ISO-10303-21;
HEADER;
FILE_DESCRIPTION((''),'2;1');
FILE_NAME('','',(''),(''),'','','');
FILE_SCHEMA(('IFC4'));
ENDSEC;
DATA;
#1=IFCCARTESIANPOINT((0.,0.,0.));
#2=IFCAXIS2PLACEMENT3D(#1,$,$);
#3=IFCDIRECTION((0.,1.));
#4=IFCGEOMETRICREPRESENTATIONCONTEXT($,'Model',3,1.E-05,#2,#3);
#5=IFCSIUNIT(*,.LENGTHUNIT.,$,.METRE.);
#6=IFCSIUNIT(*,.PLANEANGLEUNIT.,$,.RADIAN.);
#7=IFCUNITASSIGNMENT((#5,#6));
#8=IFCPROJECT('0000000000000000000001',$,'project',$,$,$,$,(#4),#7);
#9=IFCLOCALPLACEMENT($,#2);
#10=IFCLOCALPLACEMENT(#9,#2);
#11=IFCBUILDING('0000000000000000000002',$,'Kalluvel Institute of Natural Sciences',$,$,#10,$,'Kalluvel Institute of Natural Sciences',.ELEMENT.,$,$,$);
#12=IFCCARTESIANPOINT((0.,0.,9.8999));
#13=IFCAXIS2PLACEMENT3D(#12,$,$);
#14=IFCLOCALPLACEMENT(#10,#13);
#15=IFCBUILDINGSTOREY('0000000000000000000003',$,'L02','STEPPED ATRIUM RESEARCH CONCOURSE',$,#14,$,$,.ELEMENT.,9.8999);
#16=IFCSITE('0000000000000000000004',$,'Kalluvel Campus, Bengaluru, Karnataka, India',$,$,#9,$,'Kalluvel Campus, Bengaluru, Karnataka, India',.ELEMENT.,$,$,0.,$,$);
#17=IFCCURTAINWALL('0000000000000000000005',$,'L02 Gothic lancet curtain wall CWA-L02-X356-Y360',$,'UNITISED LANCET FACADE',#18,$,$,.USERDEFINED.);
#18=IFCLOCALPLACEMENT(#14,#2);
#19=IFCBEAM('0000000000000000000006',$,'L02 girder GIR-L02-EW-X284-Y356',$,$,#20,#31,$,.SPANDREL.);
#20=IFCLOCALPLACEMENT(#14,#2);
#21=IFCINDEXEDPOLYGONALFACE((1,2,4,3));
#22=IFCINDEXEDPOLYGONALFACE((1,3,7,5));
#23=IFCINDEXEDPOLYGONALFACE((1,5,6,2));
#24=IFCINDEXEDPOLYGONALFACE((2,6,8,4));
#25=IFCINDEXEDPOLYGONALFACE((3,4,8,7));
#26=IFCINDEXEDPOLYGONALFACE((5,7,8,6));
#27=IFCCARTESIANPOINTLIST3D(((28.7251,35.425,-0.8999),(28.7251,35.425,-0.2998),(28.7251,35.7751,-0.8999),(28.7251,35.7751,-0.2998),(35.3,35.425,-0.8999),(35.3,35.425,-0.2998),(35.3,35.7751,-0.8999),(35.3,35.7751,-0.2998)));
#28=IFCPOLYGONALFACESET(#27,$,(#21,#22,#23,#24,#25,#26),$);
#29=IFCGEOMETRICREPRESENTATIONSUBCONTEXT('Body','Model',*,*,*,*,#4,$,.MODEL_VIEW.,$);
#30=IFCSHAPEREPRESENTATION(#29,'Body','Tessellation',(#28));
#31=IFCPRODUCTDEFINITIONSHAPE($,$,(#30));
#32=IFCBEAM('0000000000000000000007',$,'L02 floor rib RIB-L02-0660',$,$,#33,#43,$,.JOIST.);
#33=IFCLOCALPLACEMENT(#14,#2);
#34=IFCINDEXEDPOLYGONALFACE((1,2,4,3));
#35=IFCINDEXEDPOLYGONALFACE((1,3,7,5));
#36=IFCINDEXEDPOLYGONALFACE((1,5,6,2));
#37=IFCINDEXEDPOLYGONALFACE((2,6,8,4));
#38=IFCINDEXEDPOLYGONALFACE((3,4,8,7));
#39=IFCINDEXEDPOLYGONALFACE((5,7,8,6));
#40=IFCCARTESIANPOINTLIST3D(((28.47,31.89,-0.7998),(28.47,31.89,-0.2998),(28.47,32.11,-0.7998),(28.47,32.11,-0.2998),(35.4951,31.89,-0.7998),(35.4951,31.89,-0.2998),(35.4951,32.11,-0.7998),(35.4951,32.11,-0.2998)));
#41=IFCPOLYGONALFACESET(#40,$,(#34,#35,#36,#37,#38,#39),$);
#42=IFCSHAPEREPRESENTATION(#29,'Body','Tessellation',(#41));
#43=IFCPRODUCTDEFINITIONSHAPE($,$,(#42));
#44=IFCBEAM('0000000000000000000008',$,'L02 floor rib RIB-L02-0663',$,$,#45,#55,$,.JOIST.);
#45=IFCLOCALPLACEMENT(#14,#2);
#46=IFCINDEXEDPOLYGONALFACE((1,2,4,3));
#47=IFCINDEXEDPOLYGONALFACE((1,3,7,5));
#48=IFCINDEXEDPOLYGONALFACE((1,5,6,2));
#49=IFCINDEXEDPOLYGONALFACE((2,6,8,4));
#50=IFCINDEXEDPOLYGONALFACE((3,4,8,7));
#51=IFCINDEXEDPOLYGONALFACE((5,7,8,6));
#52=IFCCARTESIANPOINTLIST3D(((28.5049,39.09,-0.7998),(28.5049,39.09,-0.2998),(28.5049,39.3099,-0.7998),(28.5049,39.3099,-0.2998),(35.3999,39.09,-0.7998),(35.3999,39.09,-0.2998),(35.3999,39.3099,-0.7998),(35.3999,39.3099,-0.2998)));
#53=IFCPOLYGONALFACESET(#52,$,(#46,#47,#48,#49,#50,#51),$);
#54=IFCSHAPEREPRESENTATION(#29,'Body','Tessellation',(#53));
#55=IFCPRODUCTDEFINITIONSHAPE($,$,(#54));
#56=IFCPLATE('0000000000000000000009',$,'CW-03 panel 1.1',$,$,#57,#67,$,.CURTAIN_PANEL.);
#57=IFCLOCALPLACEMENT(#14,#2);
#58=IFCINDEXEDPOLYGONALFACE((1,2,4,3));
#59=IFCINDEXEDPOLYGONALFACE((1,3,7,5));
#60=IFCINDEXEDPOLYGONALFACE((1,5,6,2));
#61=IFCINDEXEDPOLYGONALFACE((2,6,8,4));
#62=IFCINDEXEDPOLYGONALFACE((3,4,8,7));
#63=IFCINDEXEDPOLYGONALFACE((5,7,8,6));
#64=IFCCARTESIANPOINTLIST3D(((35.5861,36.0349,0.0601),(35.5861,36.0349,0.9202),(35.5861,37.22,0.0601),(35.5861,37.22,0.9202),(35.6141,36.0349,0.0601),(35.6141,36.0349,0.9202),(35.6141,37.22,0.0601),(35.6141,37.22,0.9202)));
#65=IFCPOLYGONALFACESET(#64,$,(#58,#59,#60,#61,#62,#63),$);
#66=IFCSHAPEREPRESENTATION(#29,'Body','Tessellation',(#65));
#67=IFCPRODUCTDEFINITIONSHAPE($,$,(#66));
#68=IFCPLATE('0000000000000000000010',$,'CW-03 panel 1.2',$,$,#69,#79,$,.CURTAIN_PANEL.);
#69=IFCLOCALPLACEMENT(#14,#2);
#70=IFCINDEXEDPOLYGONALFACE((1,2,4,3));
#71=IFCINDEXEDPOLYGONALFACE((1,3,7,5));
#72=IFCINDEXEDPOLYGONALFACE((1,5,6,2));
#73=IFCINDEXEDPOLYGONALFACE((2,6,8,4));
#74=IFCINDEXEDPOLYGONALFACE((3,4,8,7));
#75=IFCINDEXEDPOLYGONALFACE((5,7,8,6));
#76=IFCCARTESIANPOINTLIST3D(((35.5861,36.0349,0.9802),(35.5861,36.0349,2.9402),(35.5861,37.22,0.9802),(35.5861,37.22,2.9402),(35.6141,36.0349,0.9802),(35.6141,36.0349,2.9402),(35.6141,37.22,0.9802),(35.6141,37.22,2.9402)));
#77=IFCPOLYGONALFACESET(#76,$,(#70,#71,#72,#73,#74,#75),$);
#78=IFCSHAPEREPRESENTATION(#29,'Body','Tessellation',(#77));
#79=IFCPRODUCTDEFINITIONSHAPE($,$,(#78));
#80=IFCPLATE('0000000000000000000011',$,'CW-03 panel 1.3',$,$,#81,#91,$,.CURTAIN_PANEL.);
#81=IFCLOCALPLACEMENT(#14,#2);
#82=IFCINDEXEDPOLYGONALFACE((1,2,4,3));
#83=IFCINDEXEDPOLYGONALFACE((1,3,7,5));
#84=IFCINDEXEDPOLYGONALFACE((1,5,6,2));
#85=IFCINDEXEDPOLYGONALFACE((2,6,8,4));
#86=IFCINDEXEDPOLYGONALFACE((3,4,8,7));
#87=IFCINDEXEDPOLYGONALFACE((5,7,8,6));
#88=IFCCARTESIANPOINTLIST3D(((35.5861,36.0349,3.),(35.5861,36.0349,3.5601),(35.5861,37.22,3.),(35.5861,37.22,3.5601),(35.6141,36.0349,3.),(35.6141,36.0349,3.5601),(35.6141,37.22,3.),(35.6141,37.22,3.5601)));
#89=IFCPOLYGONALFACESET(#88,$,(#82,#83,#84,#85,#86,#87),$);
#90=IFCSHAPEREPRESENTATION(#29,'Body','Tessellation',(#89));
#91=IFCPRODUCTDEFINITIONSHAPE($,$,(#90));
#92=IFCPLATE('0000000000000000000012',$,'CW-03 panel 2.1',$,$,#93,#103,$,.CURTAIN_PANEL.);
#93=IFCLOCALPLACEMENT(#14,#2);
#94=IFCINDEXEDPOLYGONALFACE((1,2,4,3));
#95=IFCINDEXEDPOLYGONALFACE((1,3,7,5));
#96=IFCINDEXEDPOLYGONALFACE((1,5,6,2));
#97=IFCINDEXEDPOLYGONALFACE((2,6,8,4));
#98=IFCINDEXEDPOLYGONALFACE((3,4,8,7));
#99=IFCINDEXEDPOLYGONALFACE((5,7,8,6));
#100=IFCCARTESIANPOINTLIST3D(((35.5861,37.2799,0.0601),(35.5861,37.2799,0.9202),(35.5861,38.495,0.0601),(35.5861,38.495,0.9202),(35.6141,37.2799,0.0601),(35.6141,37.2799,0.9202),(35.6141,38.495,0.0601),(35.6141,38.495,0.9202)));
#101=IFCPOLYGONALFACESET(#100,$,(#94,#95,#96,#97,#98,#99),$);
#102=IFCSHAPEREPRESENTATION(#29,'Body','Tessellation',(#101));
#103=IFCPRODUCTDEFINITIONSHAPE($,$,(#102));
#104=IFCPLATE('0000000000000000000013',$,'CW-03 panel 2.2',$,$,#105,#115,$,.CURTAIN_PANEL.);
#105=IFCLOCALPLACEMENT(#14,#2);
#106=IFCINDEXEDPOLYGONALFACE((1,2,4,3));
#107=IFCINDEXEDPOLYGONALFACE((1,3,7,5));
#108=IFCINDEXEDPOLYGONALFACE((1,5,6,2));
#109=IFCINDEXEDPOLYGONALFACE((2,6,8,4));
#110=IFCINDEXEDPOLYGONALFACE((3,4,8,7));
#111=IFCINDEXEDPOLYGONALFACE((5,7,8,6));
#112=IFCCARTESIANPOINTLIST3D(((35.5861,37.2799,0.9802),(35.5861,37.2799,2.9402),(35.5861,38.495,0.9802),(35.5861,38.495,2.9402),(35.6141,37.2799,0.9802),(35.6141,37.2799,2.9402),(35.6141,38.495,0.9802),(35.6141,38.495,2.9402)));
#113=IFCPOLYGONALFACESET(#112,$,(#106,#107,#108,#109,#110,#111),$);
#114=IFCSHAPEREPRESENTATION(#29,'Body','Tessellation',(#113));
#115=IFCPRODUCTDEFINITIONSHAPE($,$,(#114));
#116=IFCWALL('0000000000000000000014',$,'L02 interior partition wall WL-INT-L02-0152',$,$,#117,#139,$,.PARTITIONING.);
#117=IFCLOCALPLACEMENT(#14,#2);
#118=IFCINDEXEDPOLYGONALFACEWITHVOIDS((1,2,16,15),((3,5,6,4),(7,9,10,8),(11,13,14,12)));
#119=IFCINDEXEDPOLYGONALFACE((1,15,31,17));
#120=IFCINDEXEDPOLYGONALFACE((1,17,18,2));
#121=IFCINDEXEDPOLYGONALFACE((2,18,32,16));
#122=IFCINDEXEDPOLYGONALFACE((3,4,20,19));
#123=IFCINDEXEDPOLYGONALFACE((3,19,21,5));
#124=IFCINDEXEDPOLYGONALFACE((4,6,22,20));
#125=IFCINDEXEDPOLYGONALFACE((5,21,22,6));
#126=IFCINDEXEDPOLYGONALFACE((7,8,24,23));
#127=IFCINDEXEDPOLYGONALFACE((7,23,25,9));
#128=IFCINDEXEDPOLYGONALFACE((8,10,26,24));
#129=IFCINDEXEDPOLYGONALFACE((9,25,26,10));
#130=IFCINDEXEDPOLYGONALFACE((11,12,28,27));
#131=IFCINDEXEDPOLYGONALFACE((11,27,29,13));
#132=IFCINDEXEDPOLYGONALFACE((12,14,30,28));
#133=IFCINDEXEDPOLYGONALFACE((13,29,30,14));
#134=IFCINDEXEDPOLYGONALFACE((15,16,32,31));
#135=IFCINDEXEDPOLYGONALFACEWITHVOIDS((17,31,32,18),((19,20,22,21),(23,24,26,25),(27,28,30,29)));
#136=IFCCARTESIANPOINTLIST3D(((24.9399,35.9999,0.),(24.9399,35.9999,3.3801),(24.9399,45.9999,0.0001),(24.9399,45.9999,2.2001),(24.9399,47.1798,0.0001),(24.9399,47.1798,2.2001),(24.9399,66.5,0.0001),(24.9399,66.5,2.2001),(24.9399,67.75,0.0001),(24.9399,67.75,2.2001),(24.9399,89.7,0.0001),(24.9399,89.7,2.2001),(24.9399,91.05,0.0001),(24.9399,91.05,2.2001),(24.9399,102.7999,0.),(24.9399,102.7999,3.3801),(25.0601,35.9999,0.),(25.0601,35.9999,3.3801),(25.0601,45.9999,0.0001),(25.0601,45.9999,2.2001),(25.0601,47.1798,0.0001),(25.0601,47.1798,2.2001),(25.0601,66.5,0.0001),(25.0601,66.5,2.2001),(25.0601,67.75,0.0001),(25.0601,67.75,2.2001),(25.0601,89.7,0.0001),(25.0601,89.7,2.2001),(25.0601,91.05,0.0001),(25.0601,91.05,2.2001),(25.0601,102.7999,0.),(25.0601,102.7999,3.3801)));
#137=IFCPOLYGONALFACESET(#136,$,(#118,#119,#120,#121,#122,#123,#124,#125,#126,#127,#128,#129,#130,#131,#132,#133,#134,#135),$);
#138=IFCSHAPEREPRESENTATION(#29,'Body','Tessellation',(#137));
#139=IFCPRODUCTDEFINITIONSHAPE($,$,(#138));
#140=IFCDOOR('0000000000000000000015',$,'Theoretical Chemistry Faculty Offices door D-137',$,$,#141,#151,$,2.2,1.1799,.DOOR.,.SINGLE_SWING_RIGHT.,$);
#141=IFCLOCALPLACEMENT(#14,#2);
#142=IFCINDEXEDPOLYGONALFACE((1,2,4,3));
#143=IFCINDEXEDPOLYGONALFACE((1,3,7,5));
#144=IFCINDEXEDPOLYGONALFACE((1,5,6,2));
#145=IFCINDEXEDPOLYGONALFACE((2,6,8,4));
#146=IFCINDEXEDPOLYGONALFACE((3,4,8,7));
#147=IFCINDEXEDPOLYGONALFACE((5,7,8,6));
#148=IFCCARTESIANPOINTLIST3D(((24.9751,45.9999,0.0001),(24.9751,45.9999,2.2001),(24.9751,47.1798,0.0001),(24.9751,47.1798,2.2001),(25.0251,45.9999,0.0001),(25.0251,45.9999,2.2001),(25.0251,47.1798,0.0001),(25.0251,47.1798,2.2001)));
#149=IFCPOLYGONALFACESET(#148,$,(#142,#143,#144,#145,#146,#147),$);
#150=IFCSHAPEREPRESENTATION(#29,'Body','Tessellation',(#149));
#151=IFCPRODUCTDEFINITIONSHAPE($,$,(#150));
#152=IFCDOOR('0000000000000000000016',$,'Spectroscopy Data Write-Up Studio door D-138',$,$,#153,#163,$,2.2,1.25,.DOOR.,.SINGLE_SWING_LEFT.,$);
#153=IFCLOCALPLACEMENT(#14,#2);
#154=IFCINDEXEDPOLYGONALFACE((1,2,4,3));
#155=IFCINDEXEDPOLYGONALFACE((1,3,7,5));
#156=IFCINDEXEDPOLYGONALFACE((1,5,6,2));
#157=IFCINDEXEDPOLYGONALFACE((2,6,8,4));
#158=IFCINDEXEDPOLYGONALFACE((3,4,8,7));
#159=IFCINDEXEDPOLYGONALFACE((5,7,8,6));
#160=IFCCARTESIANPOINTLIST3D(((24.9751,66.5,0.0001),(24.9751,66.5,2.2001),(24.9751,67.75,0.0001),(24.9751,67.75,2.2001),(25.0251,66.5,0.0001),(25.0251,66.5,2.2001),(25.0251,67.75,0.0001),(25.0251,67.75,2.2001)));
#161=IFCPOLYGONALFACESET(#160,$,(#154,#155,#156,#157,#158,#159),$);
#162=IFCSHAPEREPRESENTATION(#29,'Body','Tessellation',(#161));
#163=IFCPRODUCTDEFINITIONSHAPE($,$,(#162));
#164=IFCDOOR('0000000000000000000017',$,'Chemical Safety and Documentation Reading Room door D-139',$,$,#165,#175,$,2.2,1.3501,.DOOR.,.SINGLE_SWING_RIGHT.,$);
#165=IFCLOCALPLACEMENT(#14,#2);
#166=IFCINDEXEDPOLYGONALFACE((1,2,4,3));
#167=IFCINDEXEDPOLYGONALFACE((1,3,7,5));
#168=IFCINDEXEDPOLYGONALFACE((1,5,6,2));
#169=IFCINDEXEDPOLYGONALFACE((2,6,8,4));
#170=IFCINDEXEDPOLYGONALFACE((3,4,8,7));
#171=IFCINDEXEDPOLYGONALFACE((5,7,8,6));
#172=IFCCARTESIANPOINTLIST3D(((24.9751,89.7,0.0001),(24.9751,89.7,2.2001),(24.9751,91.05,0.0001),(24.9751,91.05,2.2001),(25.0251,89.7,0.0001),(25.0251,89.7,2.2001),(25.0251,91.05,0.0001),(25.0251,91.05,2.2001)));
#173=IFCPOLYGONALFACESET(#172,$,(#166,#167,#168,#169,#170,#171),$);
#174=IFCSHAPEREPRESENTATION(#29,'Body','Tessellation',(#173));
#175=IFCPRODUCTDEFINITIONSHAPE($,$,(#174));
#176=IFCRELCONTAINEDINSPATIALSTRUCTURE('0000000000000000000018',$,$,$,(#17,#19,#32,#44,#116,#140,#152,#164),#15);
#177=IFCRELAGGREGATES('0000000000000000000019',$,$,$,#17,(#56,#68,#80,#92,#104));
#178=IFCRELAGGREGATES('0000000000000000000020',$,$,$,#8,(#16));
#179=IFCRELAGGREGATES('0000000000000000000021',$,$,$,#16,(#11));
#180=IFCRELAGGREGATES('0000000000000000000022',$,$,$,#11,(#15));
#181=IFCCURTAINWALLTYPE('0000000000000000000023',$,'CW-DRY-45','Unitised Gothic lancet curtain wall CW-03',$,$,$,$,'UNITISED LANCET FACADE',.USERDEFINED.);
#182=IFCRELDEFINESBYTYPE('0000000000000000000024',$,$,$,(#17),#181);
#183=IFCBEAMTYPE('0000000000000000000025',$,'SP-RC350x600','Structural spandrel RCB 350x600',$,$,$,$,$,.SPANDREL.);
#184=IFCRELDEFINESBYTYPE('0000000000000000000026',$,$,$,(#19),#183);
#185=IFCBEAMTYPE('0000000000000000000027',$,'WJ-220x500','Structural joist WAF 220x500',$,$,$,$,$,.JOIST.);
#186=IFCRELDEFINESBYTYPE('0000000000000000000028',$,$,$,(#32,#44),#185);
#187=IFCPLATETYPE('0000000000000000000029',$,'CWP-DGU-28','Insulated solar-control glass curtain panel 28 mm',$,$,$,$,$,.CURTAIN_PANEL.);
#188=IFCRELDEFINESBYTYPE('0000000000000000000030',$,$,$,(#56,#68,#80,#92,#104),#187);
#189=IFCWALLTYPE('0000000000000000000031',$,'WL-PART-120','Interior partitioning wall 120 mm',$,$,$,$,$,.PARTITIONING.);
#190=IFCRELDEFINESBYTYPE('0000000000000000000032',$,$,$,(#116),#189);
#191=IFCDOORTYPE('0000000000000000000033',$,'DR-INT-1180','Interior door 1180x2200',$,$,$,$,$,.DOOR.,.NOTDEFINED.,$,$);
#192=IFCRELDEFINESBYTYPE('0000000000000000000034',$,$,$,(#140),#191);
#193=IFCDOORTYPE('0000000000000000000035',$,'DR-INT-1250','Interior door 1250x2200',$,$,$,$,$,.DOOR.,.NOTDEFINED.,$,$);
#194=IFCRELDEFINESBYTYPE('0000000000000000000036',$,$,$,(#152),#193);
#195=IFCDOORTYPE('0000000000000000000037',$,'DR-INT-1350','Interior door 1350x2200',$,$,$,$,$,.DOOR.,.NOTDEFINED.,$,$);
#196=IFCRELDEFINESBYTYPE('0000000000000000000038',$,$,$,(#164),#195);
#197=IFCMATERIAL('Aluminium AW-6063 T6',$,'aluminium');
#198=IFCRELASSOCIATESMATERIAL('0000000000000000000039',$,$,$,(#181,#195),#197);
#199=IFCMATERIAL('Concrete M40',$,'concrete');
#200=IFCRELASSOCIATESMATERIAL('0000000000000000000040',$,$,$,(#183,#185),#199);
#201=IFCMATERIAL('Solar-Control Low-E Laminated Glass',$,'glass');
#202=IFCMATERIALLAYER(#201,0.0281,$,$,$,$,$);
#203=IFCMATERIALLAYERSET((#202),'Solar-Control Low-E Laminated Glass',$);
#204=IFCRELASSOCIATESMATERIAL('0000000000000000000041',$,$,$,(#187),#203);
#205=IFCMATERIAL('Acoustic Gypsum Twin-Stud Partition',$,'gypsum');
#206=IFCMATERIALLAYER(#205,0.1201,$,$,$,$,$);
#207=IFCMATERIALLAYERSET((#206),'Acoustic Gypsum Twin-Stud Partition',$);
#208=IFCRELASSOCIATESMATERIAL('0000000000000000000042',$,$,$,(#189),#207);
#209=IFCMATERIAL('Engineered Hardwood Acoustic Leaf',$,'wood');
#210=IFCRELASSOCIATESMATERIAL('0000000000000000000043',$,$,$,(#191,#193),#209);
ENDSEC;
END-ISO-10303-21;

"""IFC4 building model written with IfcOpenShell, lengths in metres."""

from ifc_helpers import new_model, si_unit, direction, frame, frame_2d, origin, origin_2d, place, context, subcontext, project, spatial, rectangle, extrude, material, layer, layer_set, material_profile, profile_set, type_object, element, fill, aggregate, save


model = new_model("IFC4")

# Units and contexts
model_context = context("Model", 3, precision=1e-05, world=origin(), true_north=direction((0.0, 1.0)))
body_context = subcontext(model_context, "Body", "Model", "MODEL_VIEW")
ifc_project = project(units=[si_unit("LENGTHUNIT", "METRE"), si_unit("PLANEANGLEUNIT", "RADIAN")], contexts=[model_context])

# Site, building, storey
site_placement = place(None, origin())
site = spatial("IfcSite", under=ifc_project, at=site_placement, Name="Kalluvel Campus, Bengaluru, Karnataka, India", LongName="Kalluvel Campus, Bengaluru, Karnataka, India", CompositionType="ELEMENT", RefElevation=0.0)
building_placement = place(site_placement, origin())
building = spatial("IfcBuilding", under=site, at=building_placement, Name="Kalluvel Institute of Natural Sciences", LongName="Kalluvel Institute of Natural Sciences", CompositionType="ELEMENT")
storey_placement = place(building_placement, frame((0.0, 0.0, 9.8999)))
storey = spatial("IfcBuildingStorey", under=building, at=storey_placement, Name="L02", Description="STEPPED ATRIUM RESEARCH CONCOURSE", CompositionType="ELEMENT", Elevation=9.8999)

# Shared definitions
ifc_material_1 = material(Name="Concrete M40", Category="concrete")

# Curtain wall
ifc_material_2 = material(Name="Aluminium AW-6063 T6", Category="aluminium")
curtain_wall_type = type_object("IfcCurtainWallType", Name="CW-DRY-45", Description="Unitised Gothic lancet curtain wall CW-03", ElementType="UNITISED LANCET FACADE", PredefinedType="USERDEFINED", material=ifc_material_2)
curtain_wall_placement = place(storey_placement, origin())
curtain_wall = element("IfcCurtainWall", 1, at=curtain_wall_placement, inside=storey, type_object=curtain_wall_type, Name="L02 Gothic lancet curtain wall CWA-L02-X356-Y360", ObjectType="UNITISED LANCET FACADE", PredefinedType="USERDEFINED")

# Beams
ifc_material_profile_1 = material_profile(ifc_material_1, rectangle(XDim=0.3501, YDim=0.6001, at=origin_2d()), Name="RCB 350x600")
ifc_profile_set_1 = profile_set([ifc_material_profile_1], Name="Concrete M40")
beam_type_1 = type_object("IfcBeamType", Name="SP-RC350x600", Description="Structural spandrel RCB 350x600", PredefinedType="SPANDREL", material=ifc_profile_set_1)
beam_1_placement = place(storey_placement, frame((28.7251, 35.6001, -0.5999), z_axis=(1.0, 0.0, 0.0), x_axis=(0.0, 1.0, 0.0)))
element("IfcBeam", 2, at=beam_1_placement, inside=storey, type_object=beam_type_1, Name="L02 girder GIR-L02-EW-X284-Y356", PredefinedType="SPANDREL", context=body_context, shape_type="SweptSolid", body=[
    extrude(rectangle(XDim=0.3501, YDim=0.6001, at=origin_2d()), origin(), (0.0, 0.0, 1.0), 6.575),
])
ifc_material_profile_2 = material_profile(ifc_material_1, rectangle(XDim=0.22, YDim=0.5, at=origin_2d()), Name="WAF 220x500")
ifc_profile_set_2 = profile_set([ifc_material_profile_2], Name="Concrete M40")
beam_type_2 = type_object("IfcBeamType", Name="WJ-220x500", Description="Structural joist WAF 220x500", PredefinedType="JOIST", material=ifc_profile_set_2)
beam_2_placement = place(storey_placement, frame((28.47, 32.0, -0.5498), z_axis=(1.0, 0.0, 0.0), x_axis=(0.0, 1.0, 0.0)))
element("IfcBeam", 3, at=beam_2_placement, inside=storey, type_object=beam_type_2, Name="L02 floor rib RIB-L02-0660", PredefinedType="JOIST", context=body_context, shape_type="SweptSolid", body=[
    extrude(rectangle(XDim=0.22, YDim=0.5, at=origin_2d()), origin(), (0.0, 0.0, 1.0), 7.0251),
])
beam_3_placement = place(storey_placement, frame((28.5049, 39.2, -0.5498), z_axis=(1.0, 0.0, 0.0), x_axis=(0.0, 1.0, 0.0)))
element("IfcBeam", 4, at=beam_3_placement, inside=storey, type_object=beam_type_2, Name="L02 floor rib RIB-L02-0663", PredefinedType="JOIST", context=body_context, shape_type="SweptSolid", body=[
    extrude(rectangle(XDim=0.22, YDim=0.5, at=origin_2d()), origin(), (0.0, 0.0, 1.0), 6.895),
])

# Plates
ifc_material_3 = material(Name="Solar-Control Low-E Laminated Glass", Category="glass")
ifc_layer_1 = layer(ifc_material_3, 0.0281)
ifc_layer_set_1 = layer_set([ifc_layer_1], Name="Solar-Control Low-E Laminated Glass")
plate_type = type_object("IfcPlateType", Name="CWP-DGU-28", Description="Insulated solar-control glass curtain panel 28 mm", PredefinedType="CURTAIN_PANEL", material=ifc_layer_set_1)
plate_1_placement = place(storey_placement, frame((35.6001, 36.6274, 0.0601), z_axis=(0.0, 0.0, 1.0), x_axis=(0.0, 1.0, 0.0)))
plate_1 = element("IfcPlate", 5, at=plate_1_placement, type_object=plate_type, Name="CW-03 panel 1.1", PredefinedType="CURTAIN_PANEL", context=body_context, shape_type="SweptSolid", body=[
    extrude(rectangle(XDim=1.1851, YDim=0.0281, at=origin_2d()), origin(), (0.0, 0.0, 1.0), 0.8601),
])
plate_2_placement = place(storey_placement, frame((35.6001, 36.6274, 0.9802), z_axis=(0.0, 0.0, 1.0), x_axis=(0.0, 1.0, 0.0)))
plate_2 = element("IfcPlate", 6, at=plate_2_placement, type_object=plate_type, Name="CW-03 panel 1.2", PredefinedType="CURTAIN_PANEL", context=body_context, shape_type="SweptSolid", body=[
    extrude(rectangle(XDim=1.1851, YDim=0.0281, at=origin_2d()), origin(), (0.0, 0.0, 1.0), 1.96),
])
plate_3_placement = place(storey_placement, frame((35.6001, 36.6274, 3.0), z_axis=(0.0, 0.0, 1.0), x_axis=(0.0, 1.0, 0.0)))
plate_3 = element("IfcPlate", 7, at=plate_3_placement, type_object=plate_type, Name="CW-03 panel 1.3", PredefinedType="CURTAIN_PANEL", context=body_context, shape_type="SweptSolid", body=[
    extrude(rectangle(XDim=1.1851, YDim=0.0281, at=origin_2d()), origin(), (0.0, 0.0, 1.0), 0.5601),
])
plate_4_placement = place(storey_placement, frame((35.6001, 37.8875, 0.0601), z_axis=(0.0, 0.0, 1.0), x_axis=(0.0, 1.0, 0.0)))
plate_4 = element("IfcPlate", 8, at=plate_4_placement, type_object=plate_type, Name="CW-03 panel 2.1", PredefinedType="CURTAIN_PANEL", context=body_context, shape_type="SweptSolid", body=[
    extrude(rectangle(XDim=1.2151, YDim=0.0281, at=origin_2d()), origin(), (0.0, 0.0, 1.0), 0.8601),
])
plate_5_placement = place(storey_placement, frame((35.6001, 37.8875, 0.9802), z_axis=(0.0, 0.0, 1.0), x_axis=(0.0, 1.0, 0.0)))
plate_5 = element("IfcPlate", 9, at=plate_5_placement, type_object=plate_type, Name="CW-03 panel 2.2", PredefinedType="CURTAIN_PANEL", context=body_context, shape_type="SweptSolid", body=[
    extrude(rectangle(XDim=1.2151, YDim=0.0281, at=origin_2d()), origin(), (0.0, 0.0, 1.0), 1.96),
])
aggregate(curtain_wall, [plate_1, plate_2, plate_3, plate_4, plate_5])

# Wall, openings, doors
ifc_material_4 = material(Name="Acoustic Gypsum Twin-Stud Partition", Category="gypsum")
ifc_layer_2 = layer(ifc_material_4, 0.1201)
ifc_layer_set_2 = layer_set([ifc_layer_2], Name="Acoustic Gypsum Twin-Stud Partition")
wall_type_1 = type_object("IfcWallType", Name="WL-PART-120", Description="Interior partitioning wall 120 mm", PredefinedType="PARTITIONING", material=ifc_layer_set_2)
wall_1_placement = place(storey_placement, frame((25.0, 36.0, 0.0), z_axis=(0.0, 0.0, 1.0), x_axis=(0.0, 1.0, 0.0)))
wall_1 = element("IfcWall", 10, at=wall_1_placement, inside=storey, type_object=wall_type_1, Name="L02 interior partition wall WL-INT-L02-0152", PredefinedType="PARTITIONING", context=body_context, shape_type="SweptSolid", body=[
    extrude(rectangle(XDim=66.8, YDim=0.1201, at=frame_2d((33.3999, 0.0))), origin(), (0.0, 0.0, 1.0), 3.3801),
])
opening_1_placement = place(wall_1_placement, frame((10.0, 0.0, 0.0)))
opening_1 = element("IfcOpeningElement", 11, at=opening_1_placement, cuts=wall_1, PredefinedType="OPENING", context=body_context, shape_type="SweptSolid", body=[
    extrude(rectangle(XDim=1.1799, YDim=2.2, at=frame_2d((0.5898, 1.1001))), frame((0.0, 0.0701, 0.0), z_axis=(0.0, -1.0, 0.0), x_axis=(1.0, 0.0, 0.0)), (0.0, 0.0, 1.0), 0.1401),
])
opening_2_placement = place(wall_1_placement, frame((30.5, 0.0, 0.0)))
opening_2 = element("IfcOpeningElement", 12, at=opening_2_placement, cuts=wall_1, PredefinedType="OPENING", context=body_context, shape_type="SweptSolid", body=[
    extrude(rectangle(XDim=1.25, YDim=2.2, at=frame_2d((0.625, 1.1001))), frame((0.0, 0.0701, 0.0), z_axis=(0.0, -1.0, 0.0), x_axis=(1.0, 0.0, 0.0)), (0.0, 0.0, 1.0), 0.1401),
])
opening_3_placement = place(wall_1_placement, frame((53.7, 0.0, 0.0)))
opening_3 = element("IfcOpeningElement", 13, at=opening_3_placement, cuts=wall_1, PredefinedType="OPENING", context=body_context, shape_type="SweptSolid", body=[
    extrude(rectangle(XDim=1.3501, YDim=2.2, at=frame_2d((0.675, 1.1001))), frame((0.0, 0.0701, 0.0), z_axis=(0.0, -1.0, 0.0), x_axis=(1.0, 0.0, 0.0)), (0.0, 0.0, 1.0), 0.1401),
])
ifc_material_5 = material(Name="Engineered Hardwood Acoustic Leaf", Category="wood")
door_type_1 = type_object("IfcDoorType", Name="DR-INT-1180", Description="Interior door 1180x2200", OperationType="NOTDEFINED", PredefinedType="DOOR", material=ifc_material_5)
door_1_placement = place(opening_1_placement, origin())
door_1 = element("IfcDoor", 14, at=door_1_placement, inside=storey, type_object=door_type_1, Name="Theoretical Chemistry Faculty Offices door D-137", OperationType="SINGLE_SWING_RIGHT", OverallHeight=2.2, OverallWidth=1.1799, PredefinedType="DOOR", context=body_context, shape_type="SweptSolid", body=[
    extrude(rectangle(XDim=1.1799, YDim=2.2, at=frame_2d((0.5898, 1.1001))), frame((0.0, 0.0249, 0.0), z_axis=(0.0, -1.0, 0.0), x_axis=(1.0, 0.0, 0.0)), (0.0, 0.0, 1.0), 0.05),
])
fill(opening_1, door_1)
door_type_2 = type_object("IfcDoorType", Name="DR-INT-1250", Description="Interior door 1250x2200", OperationType="NOTDEFINED", PredefinedType="DOOR", material=ifc_material_5)
door_2_placement = place(opening_2_placement, origin())
door_2 = element("IfcDoor", 15, at=door_2_placement, inside=storey, type_object=door_type_2, Name="Spectroscopy Data Write-Up Studio door D-138", OperationType="SINGLE_SWING_LEFT", OverallHeight=2.2, OverallWidth=1.25, PredefinedType="DOOR", context=body_context, shape_type="SweptSolid", body=[
    extrude(rectangle(XDim=1.25, YDim=2.2, at=frame_2d((0.625, 1.1001))), frame((0.0, 0.0249, 0.0), z_axis=(0.0, -1.0, 0.0), x_axis=(1.0, 0.0, 0.0)), (0.0, 0.0, 1.0), 0.05),
])
fill(opening_2, door_2)
door_type_3 = type_object("IfcDoorType", Name="DR-INT-1350", Description="Interior door 1350x2200", OperationType="NOTDEFINED", PredefinedType="DOOR", material=ifc_material_2)
door_3_placement = place(opening_3_placement, origin())
door_3 = element("IfcDoor", 16, at=door_3_placement, inside=storey, type_object=door_type_3, Name="Chemical Safety and Documentation Reading Room door D-139", OperationType="SINGLE_SWING_RIGHT", OverallHeight=2.2, OverallWidth=1.3501, PredefinedType="DOOR", context=body_context, shape_type="SweptSolid", body=[
    extrude(rectangle(XDim=1.3501, YDim=2.2, at=frame_2d((0.675, 1.1001))), frame((0.0, 0.0249, 0.0), z_axis=(0.0, -1.0, 0.0), x_axis=(1.0, 0.0, 0.0)), (0.0, 0.0, 1.0), 0.05),
])
fill(opening_3, door_3)

save(model, "model.ifc")
